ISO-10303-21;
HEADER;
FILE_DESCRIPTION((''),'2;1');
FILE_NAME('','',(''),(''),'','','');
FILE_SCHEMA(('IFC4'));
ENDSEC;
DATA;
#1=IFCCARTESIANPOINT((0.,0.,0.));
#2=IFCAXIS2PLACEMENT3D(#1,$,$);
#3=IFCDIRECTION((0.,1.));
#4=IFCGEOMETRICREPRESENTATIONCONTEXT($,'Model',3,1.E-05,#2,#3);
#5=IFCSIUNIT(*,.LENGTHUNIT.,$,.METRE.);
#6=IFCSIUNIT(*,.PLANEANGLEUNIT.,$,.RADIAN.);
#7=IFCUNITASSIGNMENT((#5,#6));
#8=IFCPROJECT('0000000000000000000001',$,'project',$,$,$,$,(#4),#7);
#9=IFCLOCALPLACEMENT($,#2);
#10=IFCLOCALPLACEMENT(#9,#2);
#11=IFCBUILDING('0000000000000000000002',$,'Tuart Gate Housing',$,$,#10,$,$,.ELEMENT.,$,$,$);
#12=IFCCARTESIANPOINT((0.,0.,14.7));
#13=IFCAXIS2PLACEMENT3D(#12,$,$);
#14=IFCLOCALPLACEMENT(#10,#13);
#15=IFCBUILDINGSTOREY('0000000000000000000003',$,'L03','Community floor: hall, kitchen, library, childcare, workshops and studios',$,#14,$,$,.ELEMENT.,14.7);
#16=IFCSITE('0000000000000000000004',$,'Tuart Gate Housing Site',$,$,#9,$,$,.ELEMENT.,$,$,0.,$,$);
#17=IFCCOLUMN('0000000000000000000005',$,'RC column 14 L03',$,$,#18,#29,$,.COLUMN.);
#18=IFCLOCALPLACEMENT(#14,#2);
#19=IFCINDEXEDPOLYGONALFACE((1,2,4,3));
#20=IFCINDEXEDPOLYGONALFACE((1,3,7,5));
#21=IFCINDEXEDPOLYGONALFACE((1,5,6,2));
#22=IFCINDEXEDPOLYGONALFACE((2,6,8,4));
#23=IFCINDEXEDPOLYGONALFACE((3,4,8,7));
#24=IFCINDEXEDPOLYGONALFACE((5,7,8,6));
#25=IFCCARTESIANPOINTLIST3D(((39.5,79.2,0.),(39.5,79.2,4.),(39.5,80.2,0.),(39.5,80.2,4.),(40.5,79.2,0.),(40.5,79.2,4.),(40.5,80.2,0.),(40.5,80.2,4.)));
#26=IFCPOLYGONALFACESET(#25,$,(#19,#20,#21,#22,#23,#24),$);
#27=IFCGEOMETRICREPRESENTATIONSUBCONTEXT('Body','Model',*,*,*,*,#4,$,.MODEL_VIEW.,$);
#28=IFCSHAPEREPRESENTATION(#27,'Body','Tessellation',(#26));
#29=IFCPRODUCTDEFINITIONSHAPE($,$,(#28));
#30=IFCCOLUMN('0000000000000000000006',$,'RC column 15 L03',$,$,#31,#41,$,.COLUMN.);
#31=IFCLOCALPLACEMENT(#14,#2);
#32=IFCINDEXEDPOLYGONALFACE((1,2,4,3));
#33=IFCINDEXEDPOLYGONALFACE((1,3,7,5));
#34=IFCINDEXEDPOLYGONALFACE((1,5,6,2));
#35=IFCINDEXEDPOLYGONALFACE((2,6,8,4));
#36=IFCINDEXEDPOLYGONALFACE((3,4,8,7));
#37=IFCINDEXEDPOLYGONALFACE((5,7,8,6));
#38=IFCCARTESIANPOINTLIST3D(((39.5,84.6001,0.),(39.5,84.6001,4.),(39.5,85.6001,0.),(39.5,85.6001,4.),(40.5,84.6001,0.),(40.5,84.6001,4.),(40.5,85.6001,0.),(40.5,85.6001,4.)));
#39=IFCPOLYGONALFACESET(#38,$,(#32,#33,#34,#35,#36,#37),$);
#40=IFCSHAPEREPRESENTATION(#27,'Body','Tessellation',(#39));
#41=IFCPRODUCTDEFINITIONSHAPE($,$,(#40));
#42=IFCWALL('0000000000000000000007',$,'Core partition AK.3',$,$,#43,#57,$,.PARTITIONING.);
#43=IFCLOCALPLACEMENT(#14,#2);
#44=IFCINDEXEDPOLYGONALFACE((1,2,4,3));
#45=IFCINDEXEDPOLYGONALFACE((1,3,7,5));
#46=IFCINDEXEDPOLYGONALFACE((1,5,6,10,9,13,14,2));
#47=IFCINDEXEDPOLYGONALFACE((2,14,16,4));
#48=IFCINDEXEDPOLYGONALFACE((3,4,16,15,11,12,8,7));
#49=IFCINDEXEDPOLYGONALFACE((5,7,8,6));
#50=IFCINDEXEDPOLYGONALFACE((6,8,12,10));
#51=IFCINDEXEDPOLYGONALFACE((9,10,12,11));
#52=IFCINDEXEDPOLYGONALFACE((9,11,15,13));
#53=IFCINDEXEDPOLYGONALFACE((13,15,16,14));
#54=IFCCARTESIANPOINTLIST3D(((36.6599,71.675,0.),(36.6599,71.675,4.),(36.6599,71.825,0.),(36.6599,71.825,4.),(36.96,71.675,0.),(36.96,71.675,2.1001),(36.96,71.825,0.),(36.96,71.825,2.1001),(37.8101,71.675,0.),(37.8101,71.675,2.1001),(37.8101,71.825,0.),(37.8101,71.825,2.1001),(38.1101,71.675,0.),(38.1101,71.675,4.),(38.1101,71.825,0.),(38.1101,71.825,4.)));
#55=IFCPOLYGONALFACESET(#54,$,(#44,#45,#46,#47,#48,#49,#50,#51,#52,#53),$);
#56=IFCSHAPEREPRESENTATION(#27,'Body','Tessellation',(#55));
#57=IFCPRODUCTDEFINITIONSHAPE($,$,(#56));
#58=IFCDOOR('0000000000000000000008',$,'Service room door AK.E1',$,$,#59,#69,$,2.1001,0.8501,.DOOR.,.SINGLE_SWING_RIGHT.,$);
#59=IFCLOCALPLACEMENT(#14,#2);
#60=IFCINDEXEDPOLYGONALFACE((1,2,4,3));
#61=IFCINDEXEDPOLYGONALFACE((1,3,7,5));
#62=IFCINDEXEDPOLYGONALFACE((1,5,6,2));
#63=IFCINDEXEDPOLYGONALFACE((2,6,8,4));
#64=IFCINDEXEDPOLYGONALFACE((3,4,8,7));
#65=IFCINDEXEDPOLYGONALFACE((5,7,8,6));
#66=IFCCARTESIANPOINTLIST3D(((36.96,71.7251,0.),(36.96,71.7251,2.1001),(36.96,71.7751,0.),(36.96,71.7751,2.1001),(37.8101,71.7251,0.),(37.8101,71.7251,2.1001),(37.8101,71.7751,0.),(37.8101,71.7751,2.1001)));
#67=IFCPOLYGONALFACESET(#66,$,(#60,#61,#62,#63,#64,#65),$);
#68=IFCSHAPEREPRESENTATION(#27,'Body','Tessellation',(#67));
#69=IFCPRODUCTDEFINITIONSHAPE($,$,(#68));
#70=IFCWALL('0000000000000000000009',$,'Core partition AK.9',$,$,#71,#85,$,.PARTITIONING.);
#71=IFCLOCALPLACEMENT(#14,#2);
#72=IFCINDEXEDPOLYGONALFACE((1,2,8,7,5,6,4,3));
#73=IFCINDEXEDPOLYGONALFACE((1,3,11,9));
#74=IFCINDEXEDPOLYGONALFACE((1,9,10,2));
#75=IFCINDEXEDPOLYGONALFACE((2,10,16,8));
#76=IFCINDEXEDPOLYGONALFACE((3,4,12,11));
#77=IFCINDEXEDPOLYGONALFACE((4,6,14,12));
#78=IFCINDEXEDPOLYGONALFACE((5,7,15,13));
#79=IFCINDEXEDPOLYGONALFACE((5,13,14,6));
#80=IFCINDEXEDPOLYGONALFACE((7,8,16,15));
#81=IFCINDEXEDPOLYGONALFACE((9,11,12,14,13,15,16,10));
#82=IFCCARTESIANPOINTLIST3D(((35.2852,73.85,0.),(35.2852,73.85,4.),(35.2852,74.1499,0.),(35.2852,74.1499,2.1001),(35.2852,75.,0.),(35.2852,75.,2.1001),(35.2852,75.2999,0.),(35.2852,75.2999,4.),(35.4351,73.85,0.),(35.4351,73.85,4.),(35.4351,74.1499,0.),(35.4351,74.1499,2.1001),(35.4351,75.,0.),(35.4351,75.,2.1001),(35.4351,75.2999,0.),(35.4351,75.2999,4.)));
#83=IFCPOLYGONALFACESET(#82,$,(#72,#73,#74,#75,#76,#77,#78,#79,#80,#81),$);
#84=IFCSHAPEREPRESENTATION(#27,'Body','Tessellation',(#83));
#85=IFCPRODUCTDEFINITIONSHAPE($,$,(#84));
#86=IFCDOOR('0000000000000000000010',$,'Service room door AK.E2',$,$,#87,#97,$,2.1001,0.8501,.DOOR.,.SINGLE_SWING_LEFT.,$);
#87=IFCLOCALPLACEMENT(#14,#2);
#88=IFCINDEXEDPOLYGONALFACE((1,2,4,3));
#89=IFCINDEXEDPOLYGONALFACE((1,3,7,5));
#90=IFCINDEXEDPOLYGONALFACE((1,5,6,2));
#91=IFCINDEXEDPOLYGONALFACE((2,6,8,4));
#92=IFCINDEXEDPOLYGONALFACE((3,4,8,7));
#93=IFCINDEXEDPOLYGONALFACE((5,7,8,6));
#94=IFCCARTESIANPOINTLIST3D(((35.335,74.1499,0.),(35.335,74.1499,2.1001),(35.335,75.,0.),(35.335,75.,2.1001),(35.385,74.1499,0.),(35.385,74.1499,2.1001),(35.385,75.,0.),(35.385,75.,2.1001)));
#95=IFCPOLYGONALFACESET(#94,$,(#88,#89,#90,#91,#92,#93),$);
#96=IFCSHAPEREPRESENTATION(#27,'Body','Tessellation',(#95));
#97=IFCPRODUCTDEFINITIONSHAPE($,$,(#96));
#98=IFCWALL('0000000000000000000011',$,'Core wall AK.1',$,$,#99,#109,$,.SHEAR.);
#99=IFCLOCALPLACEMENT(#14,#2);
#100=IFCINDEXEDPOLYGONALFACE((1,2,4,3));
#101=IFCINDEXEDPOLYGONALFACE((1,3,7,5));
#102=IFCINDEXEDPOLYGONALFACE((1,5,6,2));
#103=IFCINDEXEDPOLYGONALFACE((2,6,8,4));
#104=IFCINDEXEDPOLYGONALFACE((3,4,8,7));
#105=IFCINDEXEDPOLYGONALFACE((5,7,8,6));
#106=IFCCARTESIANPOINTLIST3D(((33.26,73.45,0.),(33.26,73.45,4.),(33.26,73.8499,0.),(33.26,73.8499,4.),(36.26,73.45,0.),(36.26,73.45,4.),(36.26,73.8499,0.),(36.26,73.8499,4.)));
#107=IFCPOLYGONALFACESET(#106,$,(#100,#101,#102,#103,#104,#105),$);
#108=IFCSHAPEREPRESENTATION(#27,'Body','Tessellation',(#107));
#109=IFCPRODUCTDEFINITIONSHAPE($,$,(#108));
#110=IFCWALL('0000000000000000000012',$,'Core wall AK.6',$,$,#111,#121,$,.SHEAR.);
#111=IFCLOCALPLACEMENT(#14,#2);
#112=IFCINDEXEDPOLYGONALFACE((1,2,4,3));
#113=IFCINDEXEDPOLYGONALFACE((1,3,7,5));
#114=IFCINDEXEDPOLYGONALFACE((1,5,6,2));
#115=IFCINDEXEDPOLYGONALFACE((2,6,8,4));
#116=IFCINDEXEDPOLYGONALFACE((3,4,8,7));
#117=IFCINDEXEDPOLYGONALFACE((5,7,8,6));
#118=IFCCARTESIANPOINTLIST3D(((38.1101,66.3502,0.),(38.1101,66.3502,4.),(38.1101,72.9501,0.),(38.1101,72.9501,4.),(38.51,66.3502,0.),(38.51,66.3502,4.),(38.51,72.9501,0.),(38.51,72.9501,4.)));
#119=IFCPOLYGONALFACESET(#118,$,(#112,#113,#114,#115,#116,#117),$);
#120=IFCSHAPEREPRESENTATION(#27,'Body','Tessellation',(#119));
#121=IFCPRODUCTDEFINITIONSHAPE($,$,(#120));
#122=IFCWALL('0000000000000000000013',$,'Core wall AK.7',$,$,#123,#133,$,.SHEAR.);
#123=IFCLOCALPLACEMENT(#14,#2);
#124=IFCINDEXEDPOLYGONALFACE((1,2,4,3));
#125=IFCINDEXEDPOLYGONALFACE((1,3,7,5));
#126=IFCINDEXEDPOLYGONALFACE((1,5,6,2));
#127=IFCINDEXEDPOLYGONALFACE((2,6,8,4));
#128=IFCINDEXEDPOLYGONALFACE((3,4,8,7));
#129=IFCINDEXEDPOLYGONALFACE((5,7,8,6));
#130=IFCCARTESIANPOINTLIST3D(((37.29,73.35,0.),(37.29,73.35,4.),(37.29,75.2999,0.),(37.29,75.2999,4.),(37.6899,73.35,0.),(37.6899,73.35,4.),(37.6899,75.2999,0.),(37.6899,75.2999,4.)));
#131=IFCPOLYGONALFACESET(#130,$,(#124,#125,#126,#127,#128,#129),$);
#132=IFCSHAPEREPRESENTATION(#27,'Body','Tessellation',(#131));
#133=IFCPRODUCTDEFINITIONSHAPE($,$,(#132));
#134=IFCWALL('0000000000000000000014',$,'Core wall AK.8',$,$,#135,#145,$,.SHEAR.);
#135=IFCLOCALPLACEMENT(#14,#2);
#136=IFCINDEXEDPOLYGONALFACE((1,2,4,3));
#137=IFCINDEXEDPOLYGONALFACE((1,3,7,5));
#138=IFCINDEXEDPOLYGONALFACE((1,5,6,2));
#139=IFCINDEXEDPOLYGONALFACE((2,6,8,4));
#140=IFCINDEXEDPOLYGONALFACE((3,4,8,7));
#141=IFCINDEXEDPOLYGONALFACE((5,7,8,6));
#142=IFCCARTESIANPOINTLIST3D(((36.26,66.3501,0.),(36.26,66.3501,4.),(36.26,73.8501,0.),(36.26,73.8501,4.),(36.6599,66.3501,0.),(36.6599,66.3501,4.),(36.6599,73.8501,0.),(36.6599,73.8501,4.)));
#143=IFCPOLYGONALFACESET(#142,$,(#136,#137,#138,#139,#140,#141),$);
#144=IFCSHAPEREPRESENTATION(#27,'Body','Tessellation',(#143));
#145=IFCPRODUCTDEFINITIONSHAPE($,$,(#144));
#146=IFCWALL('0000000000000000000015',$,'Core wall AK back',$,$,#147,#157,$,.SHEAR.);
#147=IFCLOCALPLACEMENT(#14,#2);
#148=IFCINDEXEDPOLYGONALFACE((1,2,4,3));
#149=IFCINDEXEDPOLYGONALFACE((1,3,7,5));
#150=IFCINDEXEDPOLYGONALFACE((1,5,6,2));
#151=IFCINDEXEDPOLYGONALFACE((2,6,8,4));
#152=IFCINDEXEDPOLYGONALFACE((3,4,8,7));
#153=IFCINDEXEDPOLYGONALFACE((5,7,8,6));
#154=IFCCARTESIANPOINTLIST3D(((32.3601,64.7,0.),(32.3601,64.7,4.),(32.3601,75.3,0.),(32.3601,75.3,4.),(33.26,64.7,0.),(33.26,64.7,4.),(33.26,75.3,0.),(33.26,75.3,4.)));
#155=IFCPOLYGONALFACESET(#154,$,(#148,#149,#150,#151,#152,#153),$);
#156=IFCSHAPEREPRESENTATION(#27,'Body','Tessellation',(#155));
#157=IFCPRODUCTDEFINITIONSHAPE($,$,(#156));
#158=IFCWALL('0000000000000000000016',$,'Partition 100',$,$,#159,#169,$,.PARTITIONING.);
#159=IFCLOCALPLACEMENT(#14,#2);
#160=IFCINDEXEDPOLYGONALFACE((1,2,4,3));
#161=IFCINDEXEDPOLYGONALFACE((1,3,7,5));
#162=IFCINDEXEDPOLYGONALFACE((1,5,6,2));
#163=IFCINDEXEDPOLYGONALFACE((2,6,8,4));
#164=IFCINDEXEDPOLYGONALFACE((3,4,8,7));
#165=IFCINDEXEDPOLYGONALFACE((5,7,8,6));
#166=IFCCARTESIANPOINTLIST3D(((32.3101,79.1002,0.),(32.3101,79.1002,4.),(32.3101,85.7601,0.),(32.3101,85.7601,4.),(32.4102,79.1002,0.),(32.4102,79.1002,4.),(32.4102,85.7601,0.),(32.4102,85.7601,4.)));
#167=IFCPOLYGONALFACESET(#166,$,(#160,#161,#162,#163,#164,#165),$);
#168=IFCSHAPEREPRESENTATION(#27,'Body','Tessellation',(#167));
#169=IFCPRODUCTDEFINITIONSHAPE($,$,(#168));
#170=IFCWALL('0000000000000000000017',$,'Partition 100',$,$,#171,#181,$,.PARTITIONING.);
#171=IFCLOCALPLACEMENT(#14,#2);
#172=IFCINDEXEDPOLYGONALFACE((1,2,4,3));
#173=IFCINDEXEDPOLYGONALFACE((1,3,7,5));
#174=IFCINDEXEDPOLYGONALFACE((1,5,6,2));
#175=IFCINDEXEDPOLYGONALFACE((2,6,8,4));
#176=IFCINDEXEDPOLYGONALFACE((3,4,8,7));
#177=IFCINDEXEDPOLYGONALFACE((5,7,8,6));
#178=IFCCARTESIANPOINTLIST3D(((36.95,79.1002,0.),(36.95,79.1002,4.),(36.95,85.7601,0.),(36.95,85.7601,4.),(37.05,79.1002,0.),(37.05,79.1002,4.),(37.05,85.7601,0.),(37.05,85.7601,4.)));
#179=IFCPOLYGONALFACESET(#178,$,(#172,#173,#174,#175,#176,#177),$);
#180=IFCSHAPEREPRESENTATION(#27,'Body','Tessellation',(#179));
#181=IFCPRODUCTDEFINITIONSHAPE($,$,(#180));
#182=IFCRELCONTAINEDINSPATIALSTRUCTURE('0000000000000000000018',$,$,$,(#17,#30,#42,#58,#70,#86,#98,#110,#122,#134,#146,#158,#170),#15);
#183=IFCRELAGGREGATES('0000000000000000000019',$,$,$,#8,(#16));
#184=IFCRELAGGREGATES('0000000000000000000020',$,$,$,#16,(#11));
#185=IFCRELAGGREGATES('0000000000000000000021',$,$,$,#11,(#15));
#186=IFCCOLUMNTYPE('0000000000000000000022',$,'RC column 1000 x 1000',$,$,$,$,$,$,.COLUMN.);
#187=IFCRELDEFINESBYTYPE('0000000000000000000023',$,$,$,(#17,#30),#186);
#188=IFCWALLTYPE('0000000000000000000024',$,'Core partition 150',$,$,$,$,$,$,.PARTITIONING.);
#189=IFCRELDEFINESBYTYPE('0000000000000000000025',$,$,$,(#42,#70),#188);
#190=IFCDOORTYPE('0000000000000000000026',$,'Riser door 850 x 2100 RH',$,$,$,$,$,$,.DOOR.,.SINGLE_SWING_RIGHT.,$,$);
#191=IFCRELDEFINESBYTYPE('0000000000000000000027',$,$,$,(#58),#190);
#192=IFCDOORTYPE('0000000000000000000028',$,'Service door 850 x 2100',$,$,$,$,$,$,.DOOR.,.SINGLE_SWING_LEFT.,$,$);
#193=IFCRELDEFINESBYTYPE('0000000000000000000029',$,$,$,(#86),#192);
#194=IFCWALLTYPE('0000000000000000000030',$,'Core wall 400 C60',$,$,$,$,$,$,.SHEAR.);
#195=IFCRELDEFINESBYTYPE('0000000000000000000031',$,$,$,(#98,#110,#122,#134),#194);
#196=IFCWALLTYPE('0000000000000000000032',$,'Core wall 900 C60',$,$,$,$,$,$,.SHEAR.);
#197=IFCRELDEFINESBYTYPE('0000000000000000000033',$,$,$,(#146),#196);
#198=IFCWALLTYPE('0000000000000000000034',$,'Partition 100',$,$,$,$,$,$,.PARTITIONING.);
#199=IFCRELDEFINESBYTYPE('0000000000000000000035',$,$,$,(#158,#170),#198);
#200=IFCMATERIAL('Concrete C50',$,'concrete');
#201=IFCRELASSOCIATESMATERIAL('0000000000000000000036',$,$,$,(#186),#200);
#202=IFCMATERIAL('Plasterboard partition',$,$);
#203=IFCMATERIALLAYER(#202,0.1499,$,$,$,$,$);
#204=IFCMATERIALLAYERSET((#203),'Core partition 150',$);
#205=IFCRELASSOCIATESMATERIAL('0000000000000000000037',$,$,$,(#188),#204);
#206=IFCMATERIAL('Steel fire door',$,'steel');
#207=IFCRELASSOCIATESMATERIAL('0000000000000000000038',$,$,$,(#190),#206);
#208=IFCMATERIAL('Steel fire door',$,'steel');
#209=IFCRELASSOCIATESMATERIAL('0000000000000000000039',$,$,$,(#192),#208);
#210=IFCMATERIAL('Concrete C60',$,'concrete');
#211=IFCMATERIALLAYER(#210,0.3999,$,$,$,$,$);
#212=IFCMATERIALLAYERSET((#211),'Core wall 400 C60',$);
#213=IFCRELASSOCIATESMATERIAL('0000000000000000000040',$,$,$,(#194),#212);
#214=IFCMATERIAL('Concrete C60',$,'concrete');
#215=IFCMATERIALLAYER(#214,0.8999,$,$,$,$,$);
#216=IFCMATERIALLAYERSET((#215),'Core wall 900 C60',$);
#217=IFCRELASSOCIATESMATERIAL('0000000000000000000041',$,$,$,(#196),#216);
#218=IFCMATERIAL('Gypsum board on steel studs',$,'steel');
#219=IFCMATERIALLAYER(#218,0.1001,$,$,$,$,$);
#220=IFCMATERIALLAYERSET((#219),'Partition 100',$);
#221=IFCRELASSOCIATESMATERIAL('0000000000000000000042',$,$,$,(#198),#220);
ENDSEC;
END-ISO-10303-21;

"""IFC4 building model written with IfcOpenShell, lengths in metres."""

from ifc_helpers import new_model, si_unit, direction, frame, frame_2d, origin, origin_2d, place, context, subcontext, project, spatial, rectangle, extrude, material, layer, layer_set, material_profile, profile_set, type_object, element, fill, save


model = new_model("IFC4")

# Units and contexts
model_context = context("Model", 3, precision=1e-05, world=origin(), true_north=direction((0.0, 1.0)))
body_context = subcontext(model_context, "Body", "Model", "MODEL_VIEW")
ifc_project = project(units=[si_unit("LENGTHUNIT", "METRE"), si_unit("PLANEANGLEUNIT", "RADIAN")], contexts=[model_context])

# Site, building, storey
site_placement = place(None, origin())
site = spatial("IfcSite", under=ifc_project, at=site_placement, Name="Tuart Gate Housing Site", CompositionType="ELEMENT", RefElevation=0.0)
building_placement = place(site_placement, origin())
building = spatial("IfcBuilding", under=site, at=building_placement, Name="Tuart Gate Housing", CompositionType="ELEMENT")
storey_placement = place(building_placement, frame((0.0, 0.0, 14.7)))
storey = spatial("IfcBuildingStorey", under=building, at=storey_placement, Name="L03", Description="Community floor: hall, kitchen, library, childcare, workshops and studios", CompositionType="ELEMENT", Elevation=14.7)

# Columns
ifc_material_1 = material(Name="Concrete C50", Category="concrete")
ifc_material_profile = material_profile(ifc_material_1, rectangle(XDim=1.0, YDim=1.0, at=origin_2d()), Name="RC column 1000 x 1000")
ifc_profile_set = profile_set([ifc_material_profile], Name="Concrete C50")
column_type = type_object("IfcColumnType", Name="RC column 1000 x 1000", PredefinedType="COLUMN", material=ifc_profile_set)
for number, where, z_axis, x_axis, name in (
    (1, (40.0, 79.7, 0.0), (0.0, 0.0, 1.0), (1.0, 0.0, 0.0), "RC column 14 L03"),
    (2, (40.0, 85.1001, 0.0), (0.0, 0.0, 1.0), (1.0, 0.0, 0.0), "RC column 15 L03"),
):
    element("IfcColumn", number, at=place(storey_placement, frame(where, z_axis=z_axis, x_axis=x_axis)), inside=storey, type_object=column_type, Name=name, PredefinedType="COLUMN", context=body_context, shape_type="SweptSolid", body=[
        extrude(rectangle(XDim=1.0, YDim=1.0, at=origin_2d()), origin(), (0.0, 0.0, 1.0), 4.0),
    ])

# Walls, openings, doors
ifc_material_2 = material(Name="Plasterboard partition")
ifc_layer_1 = layer(ifc_material_2, 0.1499)
ifc_layer_set_1 = layer_set([ifc_layer_1], Name="Core partition 150")
wall_type_1 = type_object("IfcWallType", Name="Core partition 150", PredefinedType="PARTITIONING", material=ifc_layer_set_1)
wall_1_placement = place(storey_placement, frame((38.1101, 71.75, 0.0), z_axis=(0.0, 0.0, 1.0), x_axis=(-1.0, 0.0, 0.0)))
wall_1 = element("IfcWall", 3, at=wall_1_placement, inside=storey, type_object=wall_type_1, Name="Core partition AK.3", PredefinedType="PARTITIONING", context=body_context, shape_type="SweptSolid", body=[
    extrude(rectangle(XDim=1.4502, YDim=0.1499, at=frame_2d((0.7251, 0.0))), origin(), (0.0, 0.0, 1.0), 4.0),
])
opening_1_placement = place(wall_1_placement, frame((0.3, 0.0, 0.0)))
opening_1 = element("IfcOpeningElement", 4, at=opening_1_placement, cuts=wall_1, PredefinedType="OPENING", context=body_context, shape_type="SweptSolid", body=[
    extrude(rectangle(XDim=0.8501, YDim=2.1001, at=frame_2d((0.425, 1.05))), frame((0.0, 0.085, 0.0), z_axis=(0.0, -1.0, 0.0), x_axis=(1.0, 0.0, 0.0)), (0.0, 0.0, 1.0), 0.1699),
])
ifc_material_3 = material(Name="Steel fire door", Category="steel")
door_type_1 = type_object("IfcDoorType", Name="Riser door 850 x 2100 RH", OperationType="SINGLE_SWING_RIGHT", PredefinedType="DOOR", material=ifc_material_3)
door_1_placement = place(opening_1_placement, frame((0.8501, 0.0, 0.0), z_axis=(0.0, 0.0, 1.0), x_axis=(-1.0, 0.0, 0.0)))
door_1 = element("IfcDoor", 5, at=door_1_placement, inside=storey, type_object=door_type_1, Name="Service room door AK.E1", OperationType="SINGLE_SWING_RIGHT", OverallHeight=2.1001, OverallWidth=0.8501, PredefinedType="DOOR", context=body_context, shape_type="SweptSolid", body=[
    extrude(rectangle(XDim=0.8501, YDim=2.1001, at=frame_2d((0.425, 1.05))), frame((0.0, 0.0251, 0.0), z_axis=(0.0, -1.0, 0.0), x_axis=(1.0, 0.0, 0.0)), (0.0, 0.0, 1.0), 0.05),
])
fill(opening_1, door_1)
wall_2_placement = place(storey_placement, frame((35.3601, 75.3, 0.0), z_axis=(0.0, 0.0, 1.0), x_axis=(0.0, -1.0, 0.0)))
wall_2 = element("IfcWall", 6, at=wall_2_placement, inside=storey, type_object=wall_type_1, Name="Core partition AK.9", PredefinedType="PARTITIONING", context=body_context, shape_type="SweptSolid", body=[
    extrude(rectangle(XDim=1.45, YDim=0.1499, at=frame_2d((0.7251, 0.0))), origin(), (0.0, 0.0, 1.0), 4.0),
])
opening_2_placement = place(wall_2_placement, frame((0.3, 0.0, 0.0)))
opening_2 = element("IfcOpeningElement", 7, at=opening_2_placement, cuts=wall_2, PredefinedType="OPENING", context=body_context, shape_type="SweptSolid", body=[
    extrude(rectangle(XDim=0.8501, YDim=2.1001, at=frame_2d((0.425, 1.05))), frame((0.0, 0.085, 0.0), z_axis=(0.0, -1.0, 0.0), x_axis=(1.0, 0.0, 0.0)), (0.0, 0.0, 1.0), 0.1699),
])
ifc_material_4 = material(Name="Steel fire door", Category="steel")
door_type_2 = type_object("IfcDoorType", Name="Service door 850 x 2100", OperationType="SINGLE_SWING_LEFT", PredefinedType="DOOR", material=ifc_material_4)
door_2_placement = place(opening_2_placement, origin())
door_2 = element("IfcDoor", 8, at=door_2_placement, inside=storey, type_object=door_type_2, Name="Service room door AK.E2", OperationType="SINGLE_SWING_LEFT", OverallHeight=2.1001, OverallWidth=0.8501, PredefinedType="DOOR", context=body_context, shape_type="SweptSolid", body=[
    extrude(rectangle(XDim=0.8501, YDim=2.1001, at=frame_2d((0.425, 1.05))), frame((0.0, 0.0249, 0.0), z_axis=(0.0, -1.0, 0.0), x_axis=(1.0, 0.0, 0.0)), (0.0, 0.0, 1.0), 0.05),
])
fill(opening_2, door_2)

# Walls
ifc_material_5 = material(Name="Concrete C60", Category="concrete")
ifc_layer_2 = layer(ifc_material_5, 0.3999)
ifc_layer_set_2 = layer_set([ifc_layer_2], Name="Core wall 400 C60")
wall_type_2 = type_object("IfcWallType", Name="Core wall 400 C60", PredefinedType="SHEAR", material=ifc_layer_set_2)
wall_3_placement = place(storey_placement, frame((36.26, 73.6499, 0.0), z_axis=(0.0, 0.0, 1.0), x_axis=(-1.0, 0.0, 0.0)))
element("IfcWall", 9, at=wall_3_placement, inside=storey, type_object=wall_type_2, Name="Core wall AK.1", PredefinedType="SHEAR", context=body_context, shape_type="SweptSolid", body=[
    extrude(rectangle(XDim=3.0, YDim=0.3999, at=frame_2d((1.5, 0.0))), origin(), (0.0, 0.0, 1.0), 4.0),
])
wall_4_placement = place(storey_placement, frame((38.3101, 72.95, 0.0), z_axis=(0.0, 0.0, 1.0), x_axis=(0.0, -1.0, 0.0)))
element("IfcWall", 10, at=wall_4_placement, inside=storey, type_object=wall_type_2, Name="Core wall AK.6", PredefinedType="SHEAR", context=body_context, shape_type="SweptSolid", body=[
    extrude(rectangle(XDim=6.5999, YDim=0.3999, at=frame_2d((3.2998, 0.0))), origin(), (0.0, 0.0, 1.0), 4.0),
])
wall_5_placement = place(storey_placement, frame((37.49, 75.3, 0.0), z_axis=(0.0, 0.0, 1.0), x_axis=(0.0, -1.0, 0.0)))
element("IfcWall", 11, at=wall_5_placement, inside=storey, type_object=wall_type_2, Name="Core wall AK.7", PredefinedType="SHEAR", context=body_context, shape_type="SweptSolid", body=[
    extrude(rectangle(XDim=1.95, YDim=0.3999, at=frame_2d((0.9751, 0.0))), origin(), (0.0, 0.0, 1.0), 4.0),
])
wall_6_placement = place(storey_placement, frame((36.46, 73.8501, 0.0), z_axis=(0.0, 0.0, 1.0), x_axis=(0.0, -1.0, 0.0)))
element("IfcWall", 12, at=wall_6_placement, inside=storey, type_object=wall_type_2, Name="Core wall AK.8", PredefinedType="SHEAR", context=body_context, shape_type="SweptSolid", body=[
    extrude(rectangle(XDim=7.5, YDim=0.3999, at=frame_2d((3.75, 0.0))), origin(), (0.0, 0.0, 1.0), 4.0),
])
ifc_material_6 = material(Name="Concrete C60", Category="concrete")
ifc_layer_3 = layer(ifc_material_6, 0.8999)
ifc_layer_set_3 = layer_set([ifc_layer_3], Name="Core wall 900 C60")
wall_type_3 = type_object("IfcWallType", Name="Core wall 900 C60", PredefinedType="SHEAR", material=ifc_layer_set_3)
wall_7_placement = place(storey_placement, frame((32.8101, 75.3, 0.0), z_axis=(0.0, 0.0, 1.0), x_axis=(0.0, -1.0, 0.0)))
element("IfcWall", 13, at=wall_7_placement, inside=storey, type_object=wall_type_3, Name="Core wall AK back", PredefinedType="SHEAR", context=body_context, shape_type="SweptSolid", body=[
    extrude(rectangle(XDim=10.6001, YDim=0.8999, at=frame_2d((5.3, 0.0))), origin(), (0.0, 0.0, 1.0), 4.0),
])

# Walls
ifc_material_7 = material(Name="Gypsum board on steel studs", Category="steel")
ifc_layer_4 = layer(ifc_material_7, 0.1001)
ifc_layer_set_4 = layer_set([ifc_layer_4], Name="Partition 100")
wall_type_4 = type_object("IfcWallType", Name="Partition 100", PredefinedType="PARTITIONING", material=ifc_layer_set_4)
for number, where, z_axis, x_axis, name in (
    (14, (32.3601, 79.1001, 0.0), (0.0, 0.0, 1.0), (0.0, 1.0, 0.0), "Partition 100"),
    (15, (37.0, 79.1001, 0.0), (0.0, 0.0, 1.0), (0.0, 1.0, 0.0), "Partition 100"),
):
    element("IfcWall", number, at=place(storey_placement, frame(where, z_axis=z_axis, x_axis=x_axis)), inside=storey, type_object=wall_type_4, Name=name, PredefinedType="PARTITIONING", context=body_context, shape_type="SweptSolid", body=[
        extrude(rectangle(XDim=6.6599, YDim=0.1001, at=frame_2d((3.3301, 0.0))), origin(), (0.0, 0.0, 1.0), 4.0),
    ])

save(model, "model.ifc")
